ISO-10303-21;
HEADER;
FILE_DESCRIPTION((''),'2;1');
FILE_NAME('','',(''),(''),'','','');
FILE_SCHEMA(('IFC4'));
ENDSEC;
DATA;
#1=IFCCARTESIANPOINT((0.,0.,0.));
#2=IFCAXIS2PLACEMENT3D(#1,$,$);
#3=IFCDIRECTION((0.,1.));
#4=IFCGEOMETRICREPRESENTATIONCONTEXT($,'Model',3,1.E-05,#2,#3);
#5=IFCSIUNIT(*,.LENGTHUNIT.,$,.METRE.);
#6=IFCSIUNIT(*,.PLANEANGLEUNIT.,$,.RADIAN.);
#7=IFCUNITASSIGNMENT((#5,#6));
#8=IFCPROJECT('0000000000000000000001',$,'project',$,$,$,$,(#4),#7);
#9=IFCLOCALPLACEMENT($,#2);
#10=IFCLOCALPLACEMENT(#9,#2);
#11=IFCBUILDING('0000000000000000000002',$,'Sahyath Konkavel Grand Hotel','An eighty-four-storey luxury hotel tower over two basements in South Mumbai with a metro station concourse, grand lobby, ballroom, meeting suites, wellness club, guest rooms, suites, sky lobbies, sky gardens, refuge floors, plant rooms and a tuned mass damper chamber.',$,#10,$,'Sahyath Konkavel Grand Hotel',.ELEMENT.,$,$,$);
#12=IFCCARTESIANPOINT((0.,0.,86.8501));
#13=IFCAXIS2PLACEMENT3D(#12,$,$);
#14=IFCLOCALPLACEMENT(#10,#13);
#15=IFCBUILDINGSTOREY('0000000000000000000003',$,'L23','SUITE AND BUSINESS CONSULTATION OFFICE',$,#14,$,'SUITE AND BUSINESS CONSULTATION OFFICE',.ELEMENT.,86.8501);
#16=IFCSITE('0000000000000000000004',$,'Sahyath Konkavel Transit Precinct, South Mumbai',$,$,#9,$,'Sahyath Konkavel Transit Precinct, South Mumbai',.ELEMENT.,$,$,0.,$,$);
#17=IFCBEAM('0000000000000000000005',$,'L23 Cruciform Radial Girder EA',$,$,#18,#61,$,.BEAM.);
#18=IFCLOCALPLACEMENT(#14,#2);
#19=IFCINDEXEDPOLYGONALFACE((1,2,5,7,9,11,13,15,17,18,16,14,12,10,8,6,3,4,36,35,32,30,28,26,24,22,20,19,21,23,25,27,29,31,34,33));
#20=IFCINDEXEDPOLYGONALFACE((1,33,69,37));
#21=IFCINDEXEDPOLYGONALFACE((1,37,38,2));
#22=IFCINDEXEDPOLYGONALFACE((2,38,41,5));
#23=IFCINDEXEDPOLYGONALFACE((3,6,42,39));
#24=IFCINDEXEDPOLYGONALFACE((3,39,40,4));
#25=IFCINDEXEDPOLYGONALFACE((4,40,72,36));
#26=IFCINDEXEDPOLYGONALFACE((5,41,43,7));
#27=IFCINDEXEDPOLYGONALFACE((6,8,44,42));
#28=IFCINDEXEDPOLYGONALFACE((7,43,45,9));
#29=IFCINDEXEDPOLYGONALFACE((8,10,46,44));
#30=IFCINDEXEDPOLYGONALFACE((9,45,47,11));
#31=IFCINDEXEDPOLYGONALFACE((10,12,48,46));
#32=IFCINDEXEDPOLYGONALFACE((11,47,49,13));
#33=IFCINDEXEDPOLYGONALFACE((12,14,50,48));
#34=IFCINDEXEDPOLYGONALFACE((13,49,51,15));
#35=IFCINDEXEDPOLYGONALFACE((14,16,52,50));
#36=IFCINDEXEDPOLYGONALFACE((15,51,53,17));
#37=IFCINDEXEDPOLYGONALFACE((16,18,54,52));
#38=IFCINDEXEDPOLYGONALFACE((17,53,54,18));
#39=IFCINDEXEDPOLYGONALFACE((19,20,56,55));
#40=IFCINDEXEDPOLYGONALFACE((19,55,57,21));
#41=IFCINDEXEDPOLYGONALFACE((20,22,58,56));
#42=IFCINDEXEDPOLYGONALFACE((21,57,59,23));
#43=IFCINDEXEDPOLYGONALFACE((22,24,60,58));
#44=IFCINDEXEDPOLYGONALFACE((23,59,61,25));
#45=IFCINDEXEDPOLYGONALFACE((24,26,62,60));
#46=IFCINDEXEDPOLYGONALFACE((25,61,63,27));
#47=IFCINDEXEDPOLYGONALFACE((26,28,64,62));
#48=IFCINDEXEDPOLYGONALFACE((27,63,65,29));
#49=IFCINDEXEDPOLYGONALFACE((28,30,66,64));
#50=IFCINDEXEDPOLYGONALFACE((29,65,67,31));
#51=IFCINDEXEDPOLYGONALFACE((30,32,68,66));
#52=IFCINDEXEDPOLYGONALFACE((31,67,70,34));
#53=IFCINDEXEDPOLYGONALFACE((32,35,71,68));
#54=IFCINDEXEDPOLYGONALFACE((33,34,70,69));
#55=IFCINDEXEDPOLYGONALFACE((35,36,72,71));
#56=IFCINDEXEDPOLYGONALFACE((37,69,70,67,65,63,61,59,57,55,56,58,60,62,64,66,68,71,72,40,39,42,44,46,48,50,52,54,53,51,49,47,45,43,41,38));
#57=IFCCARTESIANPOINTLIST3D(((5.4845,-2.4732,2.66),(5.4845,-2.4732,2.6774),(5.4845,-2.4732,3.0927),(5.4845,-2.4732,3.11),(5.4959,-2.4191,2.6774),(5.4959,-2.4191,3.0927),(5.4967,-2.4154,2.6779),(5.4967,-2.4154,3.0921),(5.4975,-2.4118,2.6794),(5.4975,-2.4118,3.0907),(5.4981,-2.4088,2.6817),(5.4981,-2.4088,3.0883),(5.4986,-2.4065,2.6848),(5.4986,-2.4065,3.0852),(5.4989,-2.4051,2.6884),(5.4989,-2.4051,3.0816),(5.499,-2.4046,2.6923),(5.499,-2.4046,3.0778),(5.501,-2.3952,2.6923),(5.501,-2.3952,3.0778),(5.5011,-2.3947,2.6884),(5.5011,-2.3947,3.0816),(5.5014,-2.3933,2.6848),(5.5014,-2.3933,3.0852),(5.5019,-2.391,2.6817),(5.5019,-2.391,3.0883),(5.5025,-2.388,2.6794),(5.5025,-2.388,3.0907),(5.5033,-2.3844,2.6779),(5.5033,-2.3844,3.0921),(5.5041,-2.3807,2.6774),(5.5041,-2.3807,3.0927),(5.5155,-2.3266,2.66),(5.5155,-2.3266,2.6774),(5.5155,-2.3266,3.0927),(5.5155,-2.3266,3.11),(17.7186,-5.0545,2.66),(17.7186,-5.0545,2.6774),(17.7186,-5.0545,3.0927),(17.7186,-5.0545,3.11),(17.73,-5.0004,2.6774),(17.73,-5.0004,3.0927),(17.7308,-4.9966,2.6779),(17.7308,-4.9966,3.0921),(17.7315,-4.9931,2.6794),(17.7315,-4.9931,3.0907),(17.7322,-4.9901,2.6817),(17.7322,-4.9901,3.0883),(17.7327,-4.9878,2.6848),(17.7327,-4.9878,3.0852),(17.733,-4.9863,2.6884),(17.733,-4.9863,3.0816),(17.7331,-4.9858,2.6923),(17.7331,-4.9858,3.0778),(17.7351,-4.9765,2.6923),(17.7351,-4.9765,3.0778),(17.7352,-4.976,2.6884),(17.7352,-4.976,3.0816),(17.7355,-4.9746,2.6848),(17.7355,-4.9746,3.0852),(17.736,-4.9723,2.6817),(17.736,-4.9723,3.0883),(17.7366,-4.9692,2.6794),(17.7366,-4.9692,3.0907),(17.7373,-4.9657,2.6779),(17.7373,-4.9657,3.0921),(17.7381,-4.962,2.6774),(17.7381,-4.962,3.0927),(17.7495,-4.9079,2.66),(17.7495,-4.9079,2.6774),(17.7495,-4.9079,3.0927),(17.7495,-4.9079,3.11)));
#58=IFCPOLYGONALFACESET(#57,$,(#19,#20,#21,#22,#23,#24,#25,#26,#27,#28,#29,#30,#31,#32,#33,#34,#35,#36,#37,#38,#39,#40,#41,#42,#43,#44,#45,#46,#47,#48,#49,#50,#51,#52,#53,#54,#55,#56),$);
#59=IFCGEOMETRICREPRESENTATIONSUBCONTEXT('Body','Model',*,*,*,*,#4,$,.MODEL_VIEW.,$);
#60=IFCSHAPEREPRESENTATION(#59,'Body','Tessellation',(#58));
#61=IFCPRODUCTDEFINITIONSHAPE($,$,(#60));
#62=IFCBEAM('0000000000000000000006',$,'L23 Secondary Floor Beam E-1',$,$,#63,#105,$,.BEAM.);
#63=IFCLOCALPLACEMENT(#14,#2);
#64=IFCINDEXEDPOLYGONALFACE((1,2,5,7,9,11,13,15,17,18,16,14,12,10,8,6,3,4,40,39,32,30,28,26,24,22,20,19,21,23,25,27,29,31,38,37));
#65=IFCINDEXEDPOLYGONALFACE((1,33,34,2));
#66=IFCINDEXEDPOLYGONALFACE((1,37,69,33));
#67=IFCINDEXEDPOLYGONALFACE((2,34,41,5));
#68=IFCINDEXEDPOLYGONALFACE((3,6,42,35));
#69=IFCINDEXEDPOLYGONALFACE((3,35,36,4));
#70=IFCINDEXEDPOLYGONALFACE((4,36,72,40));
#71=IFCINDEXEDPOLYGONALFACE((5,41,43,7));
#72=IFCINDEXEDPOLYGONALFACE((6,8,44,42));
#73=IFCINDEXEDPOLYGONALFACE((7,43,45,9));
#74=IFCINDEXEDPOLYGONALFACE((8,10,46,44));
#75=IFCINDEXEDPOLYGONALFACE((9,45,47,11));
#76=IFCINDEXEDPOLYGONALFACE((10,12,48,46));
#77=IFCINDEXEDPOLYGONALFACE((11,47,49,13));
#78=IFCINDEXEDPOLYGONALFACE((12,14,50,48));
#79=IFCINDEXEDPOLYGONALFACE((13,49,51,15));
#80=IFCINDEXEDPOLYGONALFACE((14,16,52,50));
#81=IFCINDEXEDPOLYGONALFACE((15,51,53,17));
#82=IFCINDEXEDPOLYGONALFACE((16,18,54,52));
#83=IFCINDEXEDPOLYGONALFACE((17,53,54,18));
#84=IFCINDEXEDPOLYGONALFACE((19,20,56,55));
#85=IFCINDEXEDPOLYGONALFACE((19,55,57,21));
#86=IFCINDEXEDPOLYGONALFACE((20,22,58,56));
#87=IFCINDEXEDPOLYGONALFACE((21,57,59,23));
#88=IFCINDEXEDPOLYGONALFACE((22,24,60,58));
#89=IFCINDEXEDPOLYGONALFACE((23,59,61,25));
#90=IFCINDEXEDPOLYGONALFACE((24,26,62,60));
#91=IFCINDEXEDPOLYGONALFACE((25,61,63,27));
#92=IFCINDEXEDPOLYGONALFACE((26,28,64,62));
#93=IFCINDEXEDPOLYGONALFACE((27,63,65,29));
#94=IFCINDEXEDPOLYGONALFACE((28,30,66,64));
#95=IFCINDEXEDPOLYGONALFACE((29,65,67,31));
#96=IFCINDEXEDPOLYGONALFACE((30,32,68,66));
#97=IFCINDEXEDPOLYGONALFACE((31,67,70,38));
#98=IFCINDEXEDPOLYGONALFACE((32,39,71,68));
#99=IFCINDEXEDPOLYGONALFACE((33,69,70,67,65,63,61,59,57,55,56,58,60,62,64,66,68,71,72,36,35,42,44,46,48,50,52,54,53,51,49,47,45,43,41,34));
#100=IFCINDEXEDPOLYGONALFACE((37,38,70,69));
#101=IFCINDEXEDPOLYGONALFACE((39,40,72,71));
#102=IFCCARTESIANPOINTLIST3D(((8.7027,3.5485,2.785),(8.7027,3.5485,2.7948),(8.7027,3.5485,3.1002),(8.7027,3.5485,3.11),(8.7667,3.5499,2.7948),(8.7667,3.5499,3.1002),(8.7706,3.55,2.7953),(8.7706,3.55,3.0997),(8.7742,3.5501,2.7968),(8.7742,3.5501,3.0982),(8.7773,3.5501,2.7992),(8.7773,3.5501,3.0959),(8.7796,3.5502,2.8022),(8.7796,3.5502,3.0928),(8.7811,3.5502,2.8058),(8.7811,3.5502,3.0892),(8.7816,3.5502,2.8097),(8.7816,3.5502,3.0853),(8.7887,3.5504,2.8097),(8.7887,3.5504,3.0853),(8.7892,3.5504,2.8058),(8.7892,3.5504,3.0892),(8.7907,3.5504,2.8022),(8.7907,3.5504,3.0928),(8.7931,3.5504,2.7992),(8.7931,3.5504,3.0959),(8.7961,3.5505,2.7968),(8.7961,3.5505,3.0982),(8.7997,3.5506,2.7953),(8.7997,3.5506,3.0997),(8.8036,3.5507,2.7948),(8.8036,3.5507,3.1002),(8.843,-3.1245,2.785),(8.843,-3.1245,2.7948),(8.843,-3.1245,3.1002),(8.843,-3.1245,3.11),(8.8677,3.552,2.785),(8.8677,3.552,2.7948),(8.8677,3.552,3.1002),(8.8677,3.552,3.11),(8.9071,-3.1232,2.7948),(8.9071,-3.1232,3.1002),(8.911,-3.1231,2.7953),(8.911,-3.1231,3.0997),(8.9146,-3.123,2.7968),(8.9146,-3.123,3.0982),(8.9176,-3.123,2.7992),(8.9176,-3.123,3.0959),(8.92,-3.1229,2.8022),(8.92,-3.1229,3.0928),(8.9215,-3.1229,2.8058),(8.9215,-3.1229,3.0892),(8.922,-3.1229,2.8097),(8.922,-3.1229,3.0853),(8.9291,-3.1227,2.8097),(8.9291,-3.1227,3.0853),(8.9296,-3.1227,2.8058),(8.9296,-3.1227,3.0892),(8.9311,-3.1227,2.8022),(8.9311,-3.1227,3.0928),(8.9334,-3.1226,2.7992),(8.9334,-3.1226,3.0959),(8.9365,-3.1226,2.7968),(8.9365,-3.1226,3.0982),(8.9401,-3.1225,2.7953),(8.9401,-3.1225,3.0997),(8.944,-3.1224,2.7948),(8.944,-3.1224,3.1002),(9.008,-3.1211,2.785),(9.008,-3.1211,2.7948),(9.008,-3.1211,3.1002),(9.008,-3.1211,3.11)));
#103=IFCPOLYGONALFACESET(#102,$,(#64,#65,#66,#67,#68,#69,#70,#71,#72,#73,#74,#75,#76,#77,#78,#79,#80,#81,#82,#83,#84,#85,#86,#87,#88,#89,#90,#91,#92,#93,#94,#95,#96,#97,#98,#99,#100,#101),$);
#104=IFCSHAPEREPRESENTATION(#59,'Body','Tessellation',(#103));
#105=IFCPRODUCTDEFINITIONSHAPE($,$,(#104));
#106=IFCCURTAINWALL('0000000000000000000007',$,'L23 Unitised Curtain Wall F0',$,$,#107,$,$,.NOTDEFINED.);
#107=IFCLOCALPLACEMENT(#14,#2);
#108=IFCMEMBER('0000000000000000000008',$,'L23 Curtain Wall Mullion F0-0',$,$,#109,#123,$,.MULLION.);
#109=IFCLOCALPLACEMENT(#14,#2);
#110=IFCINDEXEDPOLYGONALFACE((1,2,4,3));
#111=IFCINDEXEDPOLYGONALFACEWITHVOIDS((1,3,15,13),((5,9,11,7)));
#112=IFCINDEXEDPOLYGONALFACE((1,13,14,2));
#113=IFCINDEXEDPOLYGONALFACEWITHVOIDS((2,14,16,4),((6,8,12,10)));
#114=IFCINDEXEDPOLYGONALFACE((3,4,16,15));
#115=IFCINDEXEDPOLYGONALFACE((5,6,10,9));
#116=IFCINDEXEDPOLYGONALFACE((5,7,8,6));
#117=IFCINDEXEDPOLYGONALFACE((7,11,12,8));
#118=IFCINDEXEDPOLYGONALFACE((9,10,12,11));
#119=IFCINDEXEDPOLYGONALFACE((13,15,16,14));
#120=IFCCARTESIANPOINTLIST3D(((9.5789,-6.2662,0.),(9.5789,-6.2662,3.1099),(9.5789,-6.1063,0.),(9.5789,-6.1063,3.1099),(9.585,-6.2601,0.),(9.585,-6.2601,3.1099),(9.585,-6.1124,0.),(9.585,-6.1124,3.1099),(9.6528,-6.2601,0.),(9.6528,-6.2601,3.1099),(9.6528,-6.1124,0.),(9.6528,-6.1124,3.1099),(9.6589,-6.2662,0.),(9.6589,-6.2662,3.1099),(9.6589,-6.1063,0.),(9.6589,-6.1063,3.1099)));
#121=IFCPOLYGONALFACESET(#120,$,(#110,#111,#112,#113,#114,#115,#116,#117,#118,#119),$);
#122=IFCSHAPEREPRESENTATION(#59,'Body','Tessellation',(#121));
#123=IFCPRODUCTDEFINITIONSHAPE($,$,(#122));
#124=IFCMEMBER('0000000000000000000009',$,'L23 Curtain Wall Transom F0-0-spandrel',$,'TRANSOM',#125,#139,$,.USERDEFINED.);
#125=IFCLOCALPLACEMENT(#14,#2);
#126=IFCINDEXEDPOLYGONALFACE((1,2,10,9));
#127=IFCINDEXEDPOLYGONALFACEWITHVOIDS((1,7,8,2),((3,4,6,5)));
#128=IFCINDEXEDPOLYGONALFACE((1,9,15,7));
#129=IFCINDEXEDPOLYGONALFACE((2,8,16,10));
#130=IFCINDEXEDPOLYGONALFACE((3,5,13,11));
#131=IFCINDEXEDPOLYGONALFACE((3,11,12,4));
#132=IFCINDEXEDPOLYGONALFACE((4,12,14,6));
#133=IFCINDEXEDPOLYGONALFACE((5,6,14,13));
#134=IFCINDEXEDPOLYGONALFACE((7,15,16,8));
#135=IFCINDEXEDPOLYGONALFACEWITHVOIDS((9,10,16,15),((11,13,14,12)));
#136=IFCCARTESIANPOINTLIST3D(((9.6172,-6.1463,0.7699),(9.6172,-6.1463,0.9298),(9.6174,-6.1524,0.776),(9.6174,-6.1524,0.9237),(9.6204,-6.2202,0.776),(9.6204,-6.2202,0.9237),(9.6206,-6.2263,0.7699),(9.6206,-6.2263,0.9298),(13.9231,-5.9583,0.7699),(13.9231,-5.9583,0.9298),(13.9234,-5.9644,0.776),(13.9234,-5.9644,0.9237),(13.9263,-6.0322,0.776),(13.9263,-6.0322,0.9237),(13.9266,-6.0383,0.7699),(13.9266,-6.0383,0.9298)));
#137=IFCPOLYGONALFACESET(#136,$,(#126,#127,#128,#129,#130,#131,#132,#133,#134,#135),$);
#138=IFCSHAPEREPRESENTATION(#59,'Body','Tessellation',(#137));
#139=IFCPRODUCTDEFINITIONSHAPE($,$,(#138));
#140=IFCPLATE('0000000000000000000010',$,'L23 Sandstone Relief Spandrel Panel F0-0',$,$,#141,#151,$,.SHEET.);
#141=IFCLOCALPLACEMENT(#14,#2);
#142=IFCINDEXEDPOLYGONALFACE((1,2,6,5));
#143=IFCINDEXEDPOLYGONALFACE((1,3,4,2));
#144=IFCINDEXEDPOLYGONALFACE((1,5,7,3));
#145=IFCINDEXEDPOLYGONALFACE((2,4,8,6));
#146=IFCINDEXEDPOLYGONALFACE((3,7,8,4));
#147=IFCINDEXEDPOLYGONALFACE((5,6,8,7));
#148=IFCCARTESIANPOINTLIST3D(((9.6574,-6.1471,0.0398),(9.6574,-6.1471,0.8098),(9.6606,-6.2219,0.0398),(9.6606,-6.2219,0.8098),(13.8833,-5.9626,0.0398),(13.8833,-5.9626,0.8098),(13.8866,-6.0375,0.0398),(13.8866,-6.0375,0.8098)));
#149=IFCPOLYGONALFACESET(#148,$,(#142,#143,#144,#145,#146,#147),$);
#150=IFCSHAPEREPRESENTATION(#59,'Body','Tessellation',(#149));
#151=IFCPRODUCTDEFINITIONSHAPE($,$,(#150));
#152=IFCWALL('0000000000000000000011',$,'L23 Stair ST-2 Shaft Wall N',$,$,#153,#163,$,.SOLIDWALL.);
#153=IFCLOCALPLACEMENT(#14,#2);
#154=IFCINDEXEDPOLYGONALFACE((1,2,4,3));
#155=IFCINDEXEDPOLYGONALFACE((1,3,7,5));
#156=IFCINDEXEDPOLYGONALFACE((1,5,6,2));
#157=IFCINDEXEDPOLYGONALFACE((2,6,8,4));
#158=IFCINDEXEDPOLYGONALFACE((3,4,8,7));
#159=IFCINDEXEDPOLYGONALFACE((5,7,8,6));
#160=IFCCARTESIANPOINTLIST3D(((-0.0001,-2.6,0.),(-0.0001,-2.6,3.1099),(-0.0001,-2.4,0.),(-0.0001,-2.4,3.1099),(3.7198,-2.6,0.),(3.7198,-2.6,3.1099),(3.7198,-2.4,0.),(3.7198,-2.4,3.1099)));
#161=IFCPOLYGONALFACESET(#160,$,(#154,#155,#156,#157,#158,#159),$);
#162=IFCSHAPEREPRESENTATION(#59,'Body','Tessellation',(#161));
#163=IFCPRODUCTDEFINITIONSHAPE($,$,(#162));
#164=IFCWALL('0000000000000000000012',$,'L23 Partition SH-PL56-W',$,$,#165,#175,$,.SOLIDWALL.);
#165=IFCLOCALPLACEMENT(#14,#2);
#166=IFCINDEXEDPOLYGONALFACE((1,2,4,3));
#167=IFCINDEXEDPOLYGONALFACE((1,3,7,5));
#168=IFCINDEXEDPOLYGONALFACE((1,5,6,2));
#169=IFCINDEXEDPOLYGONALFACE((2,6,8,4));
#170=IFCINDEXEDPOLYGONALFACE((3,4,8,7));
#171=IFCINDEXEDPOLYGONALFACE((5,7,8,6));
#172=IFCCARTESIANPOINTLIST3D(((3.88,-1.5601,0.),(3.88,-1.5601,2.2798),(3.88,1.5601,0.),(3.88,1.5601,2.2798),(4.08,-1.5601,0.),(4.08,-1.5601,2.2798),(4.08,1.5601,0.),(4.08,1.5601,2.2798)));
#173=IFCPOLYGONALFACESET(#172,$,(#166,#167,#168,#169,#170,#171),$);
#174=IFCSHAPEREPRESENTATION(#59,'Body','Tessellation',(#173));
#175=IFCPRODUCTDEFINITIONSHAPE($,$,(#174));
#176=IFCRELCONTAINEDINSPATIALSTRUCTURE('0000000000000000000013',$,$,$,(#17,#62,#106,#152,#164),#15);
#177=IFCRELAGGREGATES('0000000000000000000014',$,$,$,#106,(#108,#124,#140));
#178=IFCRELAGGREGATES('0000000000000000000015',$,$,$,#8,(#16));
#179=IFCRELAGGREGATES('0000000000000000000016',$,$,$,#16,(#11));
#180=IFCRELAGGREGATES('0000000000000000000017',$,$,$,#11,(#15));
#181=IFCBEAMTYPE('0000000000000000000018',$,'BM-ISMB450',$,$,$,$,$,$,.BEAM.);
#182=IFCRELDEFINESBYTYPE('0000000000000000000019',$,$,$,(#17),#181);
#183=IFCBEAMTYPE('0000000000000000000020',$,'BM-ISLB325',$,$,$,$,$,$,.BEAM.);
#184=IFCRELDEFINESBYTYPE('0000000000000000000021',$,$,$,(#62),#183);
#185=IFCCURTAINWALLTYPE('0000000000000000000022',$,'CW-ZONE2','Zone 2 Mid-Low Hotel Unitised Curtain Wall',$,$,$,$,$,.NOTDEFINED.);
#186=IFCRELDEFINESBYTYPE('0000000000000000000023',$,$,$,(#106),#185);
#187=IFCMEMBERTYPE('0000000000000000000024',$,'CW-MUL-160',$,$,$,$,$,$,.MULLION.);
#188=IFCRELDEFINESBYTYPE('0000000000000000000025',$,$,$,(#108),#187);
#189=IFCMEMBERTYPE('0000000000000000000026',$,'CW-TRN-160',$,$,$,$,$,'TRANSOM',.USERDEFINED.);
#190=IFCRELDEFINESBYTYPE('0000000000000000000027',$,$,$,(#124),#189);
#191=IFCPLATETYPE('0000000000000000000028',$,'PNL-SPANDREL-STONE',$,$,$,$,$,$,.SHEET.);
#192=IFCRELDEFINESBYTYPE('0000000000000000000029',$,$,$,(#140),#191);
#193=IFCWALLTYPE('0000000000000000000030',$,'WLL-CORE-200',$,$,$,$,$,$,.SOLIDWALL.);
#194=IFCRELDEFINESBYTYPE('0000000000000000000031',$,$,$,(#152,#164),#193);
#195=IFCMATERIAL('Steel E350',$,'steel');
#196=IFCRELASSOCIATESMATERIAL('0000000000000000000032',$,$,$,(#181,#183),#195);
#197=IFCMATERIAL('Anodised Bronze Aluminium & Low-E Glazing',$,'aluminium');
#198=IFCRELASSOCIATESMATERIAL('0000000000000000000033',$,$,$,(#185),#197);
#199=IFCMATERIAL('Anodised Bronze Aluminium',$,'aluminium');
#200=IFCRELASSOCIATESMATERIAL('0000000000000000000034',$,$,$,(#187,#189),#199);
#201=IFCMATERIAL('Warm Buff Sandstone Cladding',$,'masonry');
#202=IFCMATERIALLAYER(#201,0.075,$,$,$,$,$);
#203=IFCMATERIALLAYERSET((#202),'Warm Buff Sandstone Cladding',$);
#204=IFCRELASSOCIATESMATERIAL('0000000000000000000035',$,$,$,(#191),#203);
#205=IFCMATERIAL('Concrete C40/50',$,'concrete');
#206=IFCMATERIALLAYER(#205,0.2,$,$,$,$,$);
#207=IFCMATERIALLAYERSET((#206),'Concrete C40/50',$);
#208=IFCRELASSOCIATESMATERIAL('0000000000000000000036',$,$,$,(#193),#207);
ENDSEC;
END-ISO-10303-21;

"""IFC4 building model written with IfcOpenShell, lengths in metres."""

from ifc_helpers import new_model, si_unit, direction, frame, frame_2d, origin, origin_2d, place, context, subcontext, project, spatial, rectangle, hollow_rectangle, i_section, extrude, source, transform, mapped, material, layer, layer_set, material_profile, profile_set, type_object, element, aggregate, save


model = new_model("IFC4")

# Units and contexts
model_context = context("Model", 3, precision=1e-05, world=origin(), true_north=direction((0.0, 1.0)))
body_context = subcontext(model_context, "Body", "Model", "MODEL_VIEW")
ifc_project = project(units=[si_unit("LENGTHUNIT", "METRE"), si_unit("PLANEANGLEUNIT", "RADIAN")], contexts=[model_context])

# Site, building, storey
site_placement = place(None, origin())
site = spatial("IfcSite", under=ifc_project, at=site_placement, Name="Sahyath Konkavel Transit Precinct, South Mumbai", LongName="Sahyath Konkavel Transit Precinct, South Mumbai", CompositionType="ELEMENT", RefElevation=0.0)
building_placement = place(site_placement, origin())
building = spatial("IfcBuilding", under=site, at=building_placement, Name="Sahyath Konkavel Grand Hotel", Description="An eighty-four-storey luxury hotel tower over two basements in South Mumbai with a metro station concourse, grand lobby, ballroom, meeting suites, wellness club, guest rooms, suites, sky lobbies, sky gardens, refuge floors, plant rooms and a tuned mass damper chamber.", LongName="Sahyath Konkavel Grand Hotel", CompositionType="ELEMENT")
storey_placement = place(building_placement, frame((0.0, 0.0, 86.8501)))
storey = spatial("IfcBuildingStorey", under=building, at=storey_placement, Name="L23", Description="SUITE AND BUSINESS CONSULTATION OFFICE", LongName="SUITE AND BUSINESS CONSULTATION OFFICE", CompositionType="ELEMENT", Elevation=86.8501)

# Beams
ifc_material_1 = material(Name="Steel E350", Category="steel")
ifc_material_profile_1 = material_profile(ifc_material_1, i_section(OverallWidth=0.1499, OverallDepth=0.45, WebThickness=0.0095, FlangeThickness=0.0173, FilletRadius=0.0149, at=origin_2d()), Name="ISMB 450")
ifc_profile_set_1 = profile_set([ifc_material_profile_1], Name="Steel E350")
beam_type_1 = type_object("IfcBeamType", Name="BM-ISMB450", PredefinedType="BEAM", material=ifc_profile_set_1)
shared_shape_1 = source(origin(), body_context, "Body", "SweptSolid", [
    extrude(i_section(OverallWidth=0.1499, OverallDepth=0.45, WebThickness=0.0095, FlangeThickness=0.0173, FilletRadius=0.0149, at=origin_2d()), origin(), (0.0, 0.0, 1.0), 12.5034),
])
beam_1_placement = place(storey_placement, frame((5.5, -2.3999, 2.885), z_axis=(0.978458, -0.206446, 0.0), x_axis=(0.206446, 0.978458, 0.0)))
element("IfcBeam", 1, at=beam_1_placement, inside=storey, type_object=beam_type_1, Name="L23 Cruciform Radial Girder EA", PredefinedType="BEAM", context=body_context, shape_type="MappedRepresentation", body=[
    mapped(shared_shape_1, transform((0.0, 0.0, 0.0), scale=1.0)),
])
ifc_material_profile_2 = material_profile(ifc_material_1, i_section(OverallWidth=0.165, OverallDepth=0.325, WebThickness=0.0071, FlangeThickness=0.0098, FilletRadius=0.0149, at=origin_2d()), Name="ISLB 325")
ifc_profile_set_2 = profile_set([ifc_material_profile_2], Name="Steel E350")
beam_type_2 = type_object("IfcBeamType", Name="BM-ISLB325", PredefinedType="BEAM", material=ifc_profile_set_2)
shared_shape_2 = source(origin(), body_context, "Body", "SweptSolid", [
    extrude(i_section(OverallWidth=0.165, OverallDepth=0.325, WebThickness=0.0071, FlangeThickness=0.0098, FilletRadius=0.0149, at=origin_2d()), origin(), (0.0, 0.0, 1.0), 6.6746),
])
beam_2_placement = place(storey_placement, frame((8.9255, -3.1228, 2.9475), z_axis=(-0.021032, 0.999779, 0.0), x_axis=(-0.999779, -0.021032, 0.0)))
element("IfcBeam", 2, at=beam_2_placement, inside=storey, type_object=beam_type_2, Name="L23 Secondary Floor Beam E-1", PredefinedType="BEAM", context=body_context, shape_type="MappedRepresentation", body=[
    mapped(shared_shape_2, transform((0.0, 0.0, 0.0), scale=1.0)),
])

# Curtain wall, members, plate
ifc_material_2 = material(Name="Anodised Bronze Aluminium & Low-E Glazing", Category="aluminium")
curtain_wall_type = type_object("IfcCurtainWallType", Name="CW-ZONE2", Description="Zone 2 Mid-Low Hotel Unitised Curtain Wall", PredefinedType="NOTDEFINED", material=ifc_material_2)
curtain_wall_placement = place(storey_placement, origin())
curtain_wall = element("IfcCurtainWall", 3, at=curtain_wall_placement, inside=storey, type_object=curtain_wall_type, Name="L23 Unitised Curtain Wall F0", PredefinedType="NOTDEFINED")
ifc_material_3 = material(Name="Anodised Bronze Aluminium", Category="aluminium")
ifc_material_profile_3 = material_profile(ifc_material_3, hollow_rectangle(XDim=0.0801, YDim=0.1599, WallThickness=0.0061, at=origin_2d()), Name="RHS 160x80x6")
ifc_profile_set_3 = profile_set([ifc_material_profile_3], Name="Anodised Bronze Aluminium")
member_type_1 = type_object("IfcMemberType", Name="CW-MUL-160", PredefinedType="MULLION", material=ifc_profile_set_3)
shared_shape_3 = source(origin(), body_context, "Body", "SweptSolid", [
    extrude(hollow_rectangle(XDim=0.0801, YDim=0.1599, WallThickness=0.0061, at=origin_2d()), origin(), (0.0, 0.0, 1.0), 3.1099),
])
member_1_placement = place(storey_placement, frame((9.6189, -6.1863, 0.0), z_axis=(0.0, 0.0, 1.0), x_axis=(1.0, 0.0, 0.0)))
member_1 = element("IfcMember", 4, at=member_1_placement, type_object=member_type_1, Name="L23 Curtain Wall Mullion F0-0", PredefinedType="MULLION", context=body_context, shape_type="MappedRepresentation", body=[
    mapped(shared_shape_3, transform((0.0, 0.0, 0.0), scale=1.0)),
])
ifc_material_profile_4 = material_profile(ifc_material_3, hollow_rectangle(XDim=0.0801, YDim=0.1599, WallThickness=0.0061, at=origin_2d()), Name="RHS 160x80x6")
ifc_profile_set_4 = profile_set([ifc_material_profile_4], Name="Anodised Bronze Aluminium")
member_type_2 = type_object("IfcMemberType", Name="CW-TRN-160", ElementType="TRANSOM", PredefinedType="USERDEFINED", material=ifc_profile_set_4)
shared_shape_4 = source(origin(), body_context, "Body", "SweptSolid", [
    extrude(hollow_rectangle(XDim=0.0801, YDim=0.1599, WallThickness=0.0061, at=origin_2d()), origin(), (0.0, 0.0, 1.0), 4.3101),
])
member_2_placement = place(storey_placement, frame((9.6189, -6.1863, 0.8499), z_axis=(0.999048, 0.043617, 0.0), x_axis=(-0.043617, 0.999048, 0.0)))
member_2 = element("IfcMember", 5, at=member_2_placement, type_object=member_type_2, Name="L23 Curtain Wall Transom F0-0-spandrel", ObjectType="TRANSOM", PredefinedType="USERDEFINED", context=body_context, shape_type="MappedRepresentation", body=[
    mapped(shared_shape_4, transform((0.0, 0.0, 0.0), scale=1.0)),
])
ifc_material_4 = material(Name="Warm Buff Sandstone Cladding", Category="masonry")
ifc_layer_1 = layer(ifc_material_4, 0.075)
ifc_layer_set_1 = layer_set([ifc_layer_1], Name="Warm Buff Sandstone Cladding")
plate_type = type_object("IfcPlateType", Name="PNL-SPANDREL-STONE", PredefinedType="SHEET", material=ifc_layer_set_1)
shared_shape_5 = source(origin(), body_context, "Body", "SweptSolid", [
    extrude(rectangle(XDim=4.23, YDim=0.075, at=origin_2d()), origin(), (0.0, 0.0, 1.0), 0.77),
])
plate_placement = place(storey_placement, frame((11.772, -6.0923, 0.0398), z_axis=(0.0, 0.0, 1.0), x_axis=(0.999049, 0.043602, 0.0)))
plate = element("IfcPlate", 6, at=plate_placement, type_object=plate_type, Name="L23 Sandstone Relief Spandrel Panel F0-0", PredefinedType="SHEET", context=body_context, shape_type="MappedRepresentation", body=[
    mapped(shared_shape_5, transform((0.0, 0.0, 0.0), scale=1.0)),
])
aggregate(curtain_wall, [member_1, member_2, plate])

# Walls
ifc_material_5 = material(Name="Concrete C40/50", Category="concrete")
ifc_layer_2 = layer(ifc_material_5, 0.2)
ifc_layer_set_2 = layer_set([ifc_layer_2], Name="Concrete C40/50")
wall_type_1 = type_object("IfcWallType", Name="WLL-CORE-200", PredefinedType="SOLIDWALL", material=ifc_layer_set_2)
wall_1_placement = place(storey_placement, frame((0.0, -2.5, 0.0), z_axis=(0.0, 0.0, 1.0), x_axis=(1.0, 0.0, 0.0)))
element("IfcWall", 7, at=wall_1_placement, inside=storey, type_object=wall_type_1, Name="L23 Stair ST-2 Shaft Wall N", PredefinedType="SOLIDWALL", context=body_context, shape_type="SweptSolid", body=[
    extrude(rectangle(XDim=3.72, YDim=0.2, at=frame_2d((1.8599, 0.0))), origin(), (0.0, 0.0, 1.0), 3.1099),
])
wall_2_placement = place(storey_placement, frame((3.98, -1.5601, 0.0), z_axis=(0.0, 0.0, 1.0), x_axis=(0.0, 1.0, 0.0)))
element("IfcWall", 8, at=wall_2_placement, inside=storey, type_object=wall_type_1, Name="L23 Partition SH-PL56-W", PredefinedType="SOLIDWALL", context=body_context, shape_type="SweptSolid", body=[
    extrude(rectangle(XDim=3.1201, YDim=0.2, at=frame_2d((1.5601, 0.0))), origin(), (0.0, 0.0, 1.0), 2.2798),
])

save(model, "model.ifc")
